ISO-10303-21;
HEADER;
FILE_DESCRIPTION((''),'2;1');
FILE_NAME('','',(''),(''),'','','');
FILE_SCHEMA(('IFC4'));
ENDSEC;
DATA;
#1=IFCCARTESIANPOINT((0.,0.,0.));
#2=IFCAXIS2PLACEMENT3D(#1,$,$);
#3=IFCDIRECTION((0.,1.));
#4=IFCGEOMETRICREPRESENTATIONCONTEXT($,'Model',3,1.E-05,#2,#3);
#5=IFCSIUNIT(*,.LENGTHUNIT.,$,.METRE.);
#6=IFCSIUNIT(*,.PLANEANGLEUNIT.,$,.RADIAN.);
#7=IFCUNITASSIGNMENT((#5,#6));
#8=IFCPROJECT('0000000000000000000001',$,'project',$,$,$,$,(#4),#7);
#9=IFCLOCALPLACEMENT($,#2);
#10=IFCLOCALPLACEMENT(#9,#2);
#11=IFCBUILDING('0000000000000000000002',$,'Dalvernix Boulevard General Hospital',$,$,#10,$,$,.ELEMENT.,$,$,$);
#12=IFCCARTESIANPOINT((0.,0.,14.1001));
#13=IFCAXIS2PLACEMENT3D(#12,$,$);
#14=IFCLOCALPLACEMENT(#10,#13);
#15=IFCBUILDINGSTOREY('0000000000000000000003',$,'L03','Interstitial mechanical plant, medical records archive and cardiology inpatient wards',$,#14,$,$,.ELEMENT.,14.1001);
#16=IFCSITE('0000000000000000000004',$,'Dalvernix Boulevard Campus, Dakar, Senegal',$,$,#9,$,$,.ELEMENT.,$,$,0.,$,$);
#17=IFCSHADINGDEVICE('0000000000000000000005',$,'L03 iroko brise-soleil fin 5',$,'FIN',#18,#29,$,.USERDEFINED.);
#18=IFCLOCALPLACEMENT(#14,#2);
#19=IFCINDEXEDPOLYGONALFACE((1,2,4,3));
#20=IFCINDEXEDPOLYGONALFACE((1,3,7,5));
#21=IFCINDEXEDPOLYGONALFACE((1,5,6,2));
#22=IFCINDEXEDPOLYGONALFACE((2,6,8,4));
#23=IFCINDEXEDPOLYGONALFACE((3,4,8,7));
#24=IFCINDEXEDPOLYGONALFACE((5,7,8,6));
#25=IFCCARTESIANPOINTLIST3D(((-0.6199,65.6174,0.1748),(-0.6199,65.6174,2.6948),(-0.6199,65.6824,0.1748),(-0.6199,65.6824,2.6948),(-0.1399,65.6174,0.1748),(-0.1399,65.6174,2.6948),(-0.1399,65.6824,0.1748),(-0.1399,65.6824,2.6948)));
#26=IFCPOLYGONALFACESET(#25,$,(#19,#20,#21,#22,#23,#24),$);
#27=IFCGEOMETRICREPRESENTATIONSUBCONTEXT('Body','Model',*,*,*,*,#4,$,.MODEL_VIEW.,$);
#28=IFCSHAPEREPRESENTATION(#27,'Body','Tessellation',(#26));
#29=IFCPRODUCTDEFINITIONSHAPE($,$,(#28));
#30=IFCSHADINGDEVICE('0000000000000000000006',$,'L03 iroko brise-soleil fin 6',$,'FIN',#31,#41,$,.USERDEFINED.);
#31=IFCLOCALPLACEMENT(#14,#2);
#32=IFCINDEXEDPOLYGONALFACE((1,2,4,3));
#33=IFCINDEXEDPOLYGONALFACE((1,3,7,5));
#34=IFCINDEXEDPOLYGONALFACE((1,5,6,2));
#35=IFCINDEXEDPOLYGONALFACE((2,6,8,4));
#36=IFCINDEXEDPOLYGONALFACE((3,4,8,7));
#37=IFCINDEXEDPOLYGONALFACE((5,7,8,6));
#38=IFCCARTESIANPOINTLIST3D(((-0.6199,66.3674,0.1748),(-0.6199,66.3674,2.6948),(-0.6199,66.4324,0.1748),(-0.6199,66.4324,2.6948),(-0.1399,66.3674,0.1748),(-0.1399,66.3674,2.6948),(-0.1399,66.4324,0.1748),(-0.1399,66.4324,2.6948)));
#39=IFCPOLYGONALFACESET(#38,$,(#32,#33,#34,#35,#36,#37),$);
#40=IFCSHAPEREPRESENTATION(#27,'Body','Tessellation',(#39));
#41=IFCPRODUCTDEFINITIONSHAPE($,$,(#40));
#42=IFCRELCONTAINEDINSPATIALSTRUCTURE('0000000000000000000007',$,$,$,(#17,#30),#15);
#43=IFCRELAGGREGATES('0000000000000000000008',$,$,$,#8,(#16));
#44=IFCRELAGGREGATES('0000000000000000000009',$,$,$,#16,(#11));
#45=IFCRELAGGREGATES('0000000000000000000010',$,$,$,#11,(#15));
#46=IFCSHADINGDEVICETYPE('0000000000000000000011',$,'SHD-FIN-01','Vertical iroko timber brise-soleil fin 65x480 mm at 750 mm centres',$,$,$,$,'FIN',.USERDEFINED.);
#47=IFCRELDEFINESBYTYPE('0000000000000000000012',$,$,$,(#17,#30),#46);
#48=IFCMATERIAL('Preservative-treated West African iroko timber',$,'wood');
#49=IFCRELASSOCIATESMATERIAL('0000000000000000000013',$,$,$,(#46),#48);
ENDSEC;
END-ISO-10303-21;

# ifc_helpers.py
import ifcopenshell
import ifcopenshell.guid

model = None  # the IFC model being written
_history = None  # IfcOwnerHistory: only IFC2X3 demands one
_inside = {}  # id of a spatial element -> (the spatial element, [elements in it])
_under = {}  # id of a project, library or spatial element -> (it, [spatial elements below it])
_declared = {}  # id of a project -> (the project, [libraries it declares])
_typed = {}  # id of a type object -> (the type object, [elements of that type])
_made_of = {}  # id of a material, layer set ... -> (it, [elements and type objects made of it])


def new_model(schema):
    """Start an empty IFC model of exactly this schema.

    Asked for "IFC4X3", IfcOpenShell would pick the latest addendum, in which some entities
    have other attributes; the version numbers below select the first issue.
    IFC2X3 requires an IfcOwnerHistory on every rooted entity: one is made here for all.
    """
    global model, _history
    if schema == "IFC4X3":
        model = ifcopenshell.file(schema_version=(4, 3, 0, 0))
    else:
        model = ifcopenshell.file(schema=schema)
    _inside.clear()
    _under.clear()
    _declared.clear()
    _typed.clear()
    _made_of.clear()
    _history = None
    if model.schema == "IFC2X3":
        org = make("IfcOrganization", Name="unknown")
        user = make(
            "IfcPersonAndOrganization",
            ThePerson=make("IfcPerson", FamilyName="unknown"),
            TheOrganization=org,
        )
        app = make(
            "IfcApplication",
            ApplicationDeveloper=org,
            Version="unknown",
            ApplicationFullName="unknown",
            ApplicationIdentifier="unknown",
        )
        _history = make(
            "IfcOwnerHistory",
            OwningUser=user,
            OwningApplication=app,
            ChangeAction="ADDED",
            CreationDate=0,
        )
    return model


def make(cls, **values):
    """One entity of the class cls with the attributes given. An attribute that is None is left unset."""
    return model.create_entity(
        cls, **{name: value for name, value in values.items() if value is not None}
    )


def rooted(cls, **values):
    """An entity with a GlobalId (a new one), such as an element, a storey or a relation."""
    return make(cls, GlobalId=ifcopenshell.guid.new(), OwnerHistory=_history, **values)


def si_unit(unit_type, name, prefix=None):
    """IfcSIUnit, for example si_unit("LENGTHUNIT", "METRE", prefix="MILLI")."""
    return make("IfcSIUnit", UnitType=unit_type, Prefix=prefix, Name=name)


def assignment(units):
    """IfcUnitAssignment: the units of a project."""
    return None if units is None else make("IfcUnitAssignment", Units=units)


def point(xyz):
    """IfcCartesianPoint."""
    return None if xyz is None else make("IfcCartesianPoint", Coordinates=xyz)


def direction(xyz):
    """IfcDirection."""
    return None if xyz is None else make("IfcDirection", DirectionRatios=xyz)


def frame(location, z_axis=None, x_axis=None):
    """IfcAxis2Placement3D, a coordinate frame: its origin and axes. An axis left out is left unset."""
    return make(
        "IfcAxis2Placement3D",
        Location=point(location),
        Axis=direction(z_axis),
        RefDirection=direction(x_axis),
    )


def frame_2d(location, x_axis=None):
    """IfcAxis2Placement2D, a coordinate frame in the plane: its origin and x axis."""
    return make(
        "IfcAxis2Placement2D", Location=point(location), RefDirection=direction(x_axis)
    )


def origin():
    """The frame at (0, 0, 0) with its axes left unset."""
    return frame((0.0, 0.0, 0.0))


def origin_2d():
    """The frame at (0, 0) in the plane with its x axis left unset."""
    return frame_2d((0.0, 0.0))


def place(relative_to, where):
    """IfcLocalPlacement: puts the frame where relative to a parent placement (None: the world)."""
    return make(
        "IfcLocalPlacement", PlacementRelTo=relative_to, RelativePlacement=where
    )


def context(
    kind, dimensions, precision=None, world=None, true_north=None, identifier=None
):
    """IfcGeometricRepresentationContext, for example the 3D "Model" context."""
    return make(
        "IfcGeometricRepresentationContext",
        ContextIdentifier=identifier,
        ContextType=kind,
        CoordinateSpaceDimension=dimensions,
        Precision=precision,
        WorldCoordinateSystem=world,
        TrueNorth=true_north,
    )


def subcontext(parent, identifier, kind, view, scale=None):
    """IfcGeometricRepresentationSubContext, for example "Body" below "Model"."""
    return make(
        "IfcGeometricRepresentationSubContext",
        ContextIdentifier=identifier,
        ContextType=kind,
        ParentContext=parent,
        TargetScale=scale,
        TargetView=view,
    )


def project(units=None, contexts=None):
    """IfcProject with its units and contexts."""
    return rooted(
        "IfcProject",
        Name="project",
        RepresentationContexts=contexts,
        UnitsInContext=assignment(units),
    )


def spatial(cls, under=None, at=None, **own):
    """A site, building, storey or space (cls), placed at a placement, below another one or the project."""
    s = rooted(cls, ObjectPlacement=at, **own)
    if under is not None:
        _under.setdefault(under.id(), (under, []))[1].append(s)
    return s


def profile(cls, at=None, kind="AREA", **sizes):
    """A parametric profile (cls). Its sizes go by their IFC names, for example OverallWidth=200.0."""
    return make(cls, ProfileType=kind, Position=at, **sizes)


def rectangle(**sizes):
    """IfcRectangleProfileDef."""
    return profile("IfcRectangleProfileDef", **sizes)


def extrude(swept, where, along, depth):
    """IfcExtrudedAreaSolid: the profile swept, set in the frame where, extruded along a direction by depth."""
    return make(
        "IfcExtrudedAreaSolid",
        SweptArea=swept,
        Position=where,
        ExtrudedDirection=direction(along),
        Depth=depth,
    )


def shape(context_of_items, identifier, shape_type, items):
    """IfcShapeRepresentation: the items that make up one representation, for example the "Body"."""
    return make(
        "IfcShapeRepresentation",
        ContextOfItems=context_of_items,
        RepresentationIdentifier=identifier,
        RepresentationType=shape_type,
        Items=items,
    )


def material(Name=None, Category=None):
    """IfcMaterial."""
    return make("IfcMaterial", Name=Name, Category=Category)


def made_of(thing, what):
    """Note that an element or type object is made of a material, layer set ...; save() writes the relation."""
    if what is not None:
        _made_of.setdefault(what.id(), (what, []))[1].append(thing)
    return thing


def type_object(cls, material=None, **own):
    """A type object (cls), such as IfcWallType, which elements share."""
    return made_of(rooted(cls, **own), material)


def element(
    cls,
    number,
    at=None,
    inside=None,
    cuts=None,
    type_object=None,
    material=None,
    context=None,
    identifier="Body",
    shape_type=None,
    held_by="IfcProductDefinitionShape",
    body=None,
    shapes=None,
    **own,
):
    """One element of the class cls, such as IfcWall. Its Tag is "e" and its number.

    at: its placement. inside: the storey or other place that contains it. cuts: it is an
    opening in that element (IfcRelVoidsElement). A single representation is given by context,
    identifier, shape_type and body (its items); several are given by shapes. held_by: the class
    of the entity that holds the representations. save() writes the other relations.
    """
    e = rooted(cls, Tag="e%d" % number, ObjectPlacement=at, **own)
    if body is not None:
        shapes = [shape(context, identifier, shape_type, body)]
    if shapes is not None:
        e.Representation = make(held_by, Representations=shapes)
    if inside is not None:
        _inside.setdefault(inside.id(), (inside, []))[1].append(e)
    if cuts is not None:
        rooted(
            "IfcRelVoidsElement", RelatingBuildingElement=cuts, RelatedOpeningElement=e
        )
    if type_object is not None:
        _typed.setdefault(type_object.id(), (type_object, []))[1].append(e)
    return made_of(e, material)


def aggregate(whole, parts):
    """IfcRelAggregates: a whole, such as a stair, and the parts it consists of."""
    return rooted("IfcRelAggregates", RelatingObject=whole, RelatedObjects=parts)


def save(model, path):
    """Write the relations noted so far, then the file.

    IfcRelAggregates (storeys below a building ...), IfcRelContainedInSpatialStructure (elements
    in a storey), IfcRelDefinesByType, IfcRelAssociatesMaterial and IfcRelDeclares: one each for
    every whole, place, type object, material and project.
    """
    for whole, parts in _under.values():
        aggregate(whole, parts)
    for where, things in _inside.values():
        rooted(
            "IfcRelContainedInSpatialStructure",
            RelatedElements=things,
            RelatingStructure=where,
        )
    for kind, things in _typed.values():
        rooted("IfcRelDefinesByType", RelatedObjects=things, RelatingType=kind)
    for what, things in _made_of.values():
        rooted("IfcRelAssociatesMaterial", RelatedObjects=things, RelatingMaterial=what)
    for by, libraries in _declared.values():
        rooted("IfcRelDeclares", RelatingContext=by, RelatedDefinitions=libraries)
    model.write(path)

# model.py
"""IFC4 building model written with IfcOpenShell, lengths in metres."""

from ifc_helpers import new_model, si_unit, direction, frame, origin, origin_2d, place, context, subcontext, project, spatial, rectangle, extrude, material, type_object, element, save


model = new_model("IFC4")

# Units and contexts
model_context = context("Model", 3, precision=1e-05, world=origin(), true_north=direction((0.0, 1.0)))
body_context = subcontext(model_context, "Body", "Model", "MODEL_VIEW")
ifc_project = project(units=[si_unit("LENGTHUNIT", "METRE"), si_unit("PLANEANGLEUNIT", "RADIAN")], contexts=[model_context])

# Site, building, storey
site_placement = place(None, origin())
site = spatial("IfcSite", under=ifc_project, at=site_placement, Name="Dalvernix Boulevard Campus, Dakar, Senegal", CompositionType="ELEMENT", RefElevation=0.0)
building_placement = place(site_placement, origin())
building = spatial("IfcBuilding", under=site, at=building_placement, Name="Dalvernix Boulevard General Hospital", CompositionType="ELEMENT")
storey_placement = place(building_placement, frame((0.0, 0.0, 14.1001)))
storey = spatial("IfcBuildingStorey", under=building, at=storey_placement, Name="L03", Description="Interstitial mechanical plant, medical records archive and cardiology inpatient wards", CompositionType="ELEMENT", Elevation=14.1001)

# Shading devices
ifc_material_1 = material(Name="Preservative-treated West African iroko timber", Category="wood")
shading_device_type = type_object("IfcShadingDeviceType", Name="SHD-FIN-01", Description="Vertical iroko timber brise-soleil fin 65x480 mm at 750 mm centres", ElementType="FIN", PredefinedType="USERDEFINED", material=ifc_material_1)
for number, where, z_axis, x_axis, name in (
    (1, (-0.3799, 65.6499, 0.1748), (0.0, 0.0, 1.0), (0.0, 1.0, 0.0), "L03 iroko brise-soleil fin 5"),
    (2, (-0.3799, 66.3999, 0.1748), (0.0, 0.0, 1.0), (0.0, 1.0, 0.0), "L03 iroko brise-soleil fin 6"),
):
    element("IfcShadingDevice", number, at=place(storey_placement, frame(where, z_axis=z_axis, x_axis=x_axis)), inside=storey, type_object=shading_device_type, Name=name, ObjectType="FIN", PredefinedType="USERDEFINED", context=body_context, shape_type="SweptSolid", body=[
        extrude(rectangle(XDim=0.0649, YDim=0.48, at=origin_2d()), origin(), (0.0, 0.0, 1.0), 2.52),
    ])

save(model, "model.ifc")
